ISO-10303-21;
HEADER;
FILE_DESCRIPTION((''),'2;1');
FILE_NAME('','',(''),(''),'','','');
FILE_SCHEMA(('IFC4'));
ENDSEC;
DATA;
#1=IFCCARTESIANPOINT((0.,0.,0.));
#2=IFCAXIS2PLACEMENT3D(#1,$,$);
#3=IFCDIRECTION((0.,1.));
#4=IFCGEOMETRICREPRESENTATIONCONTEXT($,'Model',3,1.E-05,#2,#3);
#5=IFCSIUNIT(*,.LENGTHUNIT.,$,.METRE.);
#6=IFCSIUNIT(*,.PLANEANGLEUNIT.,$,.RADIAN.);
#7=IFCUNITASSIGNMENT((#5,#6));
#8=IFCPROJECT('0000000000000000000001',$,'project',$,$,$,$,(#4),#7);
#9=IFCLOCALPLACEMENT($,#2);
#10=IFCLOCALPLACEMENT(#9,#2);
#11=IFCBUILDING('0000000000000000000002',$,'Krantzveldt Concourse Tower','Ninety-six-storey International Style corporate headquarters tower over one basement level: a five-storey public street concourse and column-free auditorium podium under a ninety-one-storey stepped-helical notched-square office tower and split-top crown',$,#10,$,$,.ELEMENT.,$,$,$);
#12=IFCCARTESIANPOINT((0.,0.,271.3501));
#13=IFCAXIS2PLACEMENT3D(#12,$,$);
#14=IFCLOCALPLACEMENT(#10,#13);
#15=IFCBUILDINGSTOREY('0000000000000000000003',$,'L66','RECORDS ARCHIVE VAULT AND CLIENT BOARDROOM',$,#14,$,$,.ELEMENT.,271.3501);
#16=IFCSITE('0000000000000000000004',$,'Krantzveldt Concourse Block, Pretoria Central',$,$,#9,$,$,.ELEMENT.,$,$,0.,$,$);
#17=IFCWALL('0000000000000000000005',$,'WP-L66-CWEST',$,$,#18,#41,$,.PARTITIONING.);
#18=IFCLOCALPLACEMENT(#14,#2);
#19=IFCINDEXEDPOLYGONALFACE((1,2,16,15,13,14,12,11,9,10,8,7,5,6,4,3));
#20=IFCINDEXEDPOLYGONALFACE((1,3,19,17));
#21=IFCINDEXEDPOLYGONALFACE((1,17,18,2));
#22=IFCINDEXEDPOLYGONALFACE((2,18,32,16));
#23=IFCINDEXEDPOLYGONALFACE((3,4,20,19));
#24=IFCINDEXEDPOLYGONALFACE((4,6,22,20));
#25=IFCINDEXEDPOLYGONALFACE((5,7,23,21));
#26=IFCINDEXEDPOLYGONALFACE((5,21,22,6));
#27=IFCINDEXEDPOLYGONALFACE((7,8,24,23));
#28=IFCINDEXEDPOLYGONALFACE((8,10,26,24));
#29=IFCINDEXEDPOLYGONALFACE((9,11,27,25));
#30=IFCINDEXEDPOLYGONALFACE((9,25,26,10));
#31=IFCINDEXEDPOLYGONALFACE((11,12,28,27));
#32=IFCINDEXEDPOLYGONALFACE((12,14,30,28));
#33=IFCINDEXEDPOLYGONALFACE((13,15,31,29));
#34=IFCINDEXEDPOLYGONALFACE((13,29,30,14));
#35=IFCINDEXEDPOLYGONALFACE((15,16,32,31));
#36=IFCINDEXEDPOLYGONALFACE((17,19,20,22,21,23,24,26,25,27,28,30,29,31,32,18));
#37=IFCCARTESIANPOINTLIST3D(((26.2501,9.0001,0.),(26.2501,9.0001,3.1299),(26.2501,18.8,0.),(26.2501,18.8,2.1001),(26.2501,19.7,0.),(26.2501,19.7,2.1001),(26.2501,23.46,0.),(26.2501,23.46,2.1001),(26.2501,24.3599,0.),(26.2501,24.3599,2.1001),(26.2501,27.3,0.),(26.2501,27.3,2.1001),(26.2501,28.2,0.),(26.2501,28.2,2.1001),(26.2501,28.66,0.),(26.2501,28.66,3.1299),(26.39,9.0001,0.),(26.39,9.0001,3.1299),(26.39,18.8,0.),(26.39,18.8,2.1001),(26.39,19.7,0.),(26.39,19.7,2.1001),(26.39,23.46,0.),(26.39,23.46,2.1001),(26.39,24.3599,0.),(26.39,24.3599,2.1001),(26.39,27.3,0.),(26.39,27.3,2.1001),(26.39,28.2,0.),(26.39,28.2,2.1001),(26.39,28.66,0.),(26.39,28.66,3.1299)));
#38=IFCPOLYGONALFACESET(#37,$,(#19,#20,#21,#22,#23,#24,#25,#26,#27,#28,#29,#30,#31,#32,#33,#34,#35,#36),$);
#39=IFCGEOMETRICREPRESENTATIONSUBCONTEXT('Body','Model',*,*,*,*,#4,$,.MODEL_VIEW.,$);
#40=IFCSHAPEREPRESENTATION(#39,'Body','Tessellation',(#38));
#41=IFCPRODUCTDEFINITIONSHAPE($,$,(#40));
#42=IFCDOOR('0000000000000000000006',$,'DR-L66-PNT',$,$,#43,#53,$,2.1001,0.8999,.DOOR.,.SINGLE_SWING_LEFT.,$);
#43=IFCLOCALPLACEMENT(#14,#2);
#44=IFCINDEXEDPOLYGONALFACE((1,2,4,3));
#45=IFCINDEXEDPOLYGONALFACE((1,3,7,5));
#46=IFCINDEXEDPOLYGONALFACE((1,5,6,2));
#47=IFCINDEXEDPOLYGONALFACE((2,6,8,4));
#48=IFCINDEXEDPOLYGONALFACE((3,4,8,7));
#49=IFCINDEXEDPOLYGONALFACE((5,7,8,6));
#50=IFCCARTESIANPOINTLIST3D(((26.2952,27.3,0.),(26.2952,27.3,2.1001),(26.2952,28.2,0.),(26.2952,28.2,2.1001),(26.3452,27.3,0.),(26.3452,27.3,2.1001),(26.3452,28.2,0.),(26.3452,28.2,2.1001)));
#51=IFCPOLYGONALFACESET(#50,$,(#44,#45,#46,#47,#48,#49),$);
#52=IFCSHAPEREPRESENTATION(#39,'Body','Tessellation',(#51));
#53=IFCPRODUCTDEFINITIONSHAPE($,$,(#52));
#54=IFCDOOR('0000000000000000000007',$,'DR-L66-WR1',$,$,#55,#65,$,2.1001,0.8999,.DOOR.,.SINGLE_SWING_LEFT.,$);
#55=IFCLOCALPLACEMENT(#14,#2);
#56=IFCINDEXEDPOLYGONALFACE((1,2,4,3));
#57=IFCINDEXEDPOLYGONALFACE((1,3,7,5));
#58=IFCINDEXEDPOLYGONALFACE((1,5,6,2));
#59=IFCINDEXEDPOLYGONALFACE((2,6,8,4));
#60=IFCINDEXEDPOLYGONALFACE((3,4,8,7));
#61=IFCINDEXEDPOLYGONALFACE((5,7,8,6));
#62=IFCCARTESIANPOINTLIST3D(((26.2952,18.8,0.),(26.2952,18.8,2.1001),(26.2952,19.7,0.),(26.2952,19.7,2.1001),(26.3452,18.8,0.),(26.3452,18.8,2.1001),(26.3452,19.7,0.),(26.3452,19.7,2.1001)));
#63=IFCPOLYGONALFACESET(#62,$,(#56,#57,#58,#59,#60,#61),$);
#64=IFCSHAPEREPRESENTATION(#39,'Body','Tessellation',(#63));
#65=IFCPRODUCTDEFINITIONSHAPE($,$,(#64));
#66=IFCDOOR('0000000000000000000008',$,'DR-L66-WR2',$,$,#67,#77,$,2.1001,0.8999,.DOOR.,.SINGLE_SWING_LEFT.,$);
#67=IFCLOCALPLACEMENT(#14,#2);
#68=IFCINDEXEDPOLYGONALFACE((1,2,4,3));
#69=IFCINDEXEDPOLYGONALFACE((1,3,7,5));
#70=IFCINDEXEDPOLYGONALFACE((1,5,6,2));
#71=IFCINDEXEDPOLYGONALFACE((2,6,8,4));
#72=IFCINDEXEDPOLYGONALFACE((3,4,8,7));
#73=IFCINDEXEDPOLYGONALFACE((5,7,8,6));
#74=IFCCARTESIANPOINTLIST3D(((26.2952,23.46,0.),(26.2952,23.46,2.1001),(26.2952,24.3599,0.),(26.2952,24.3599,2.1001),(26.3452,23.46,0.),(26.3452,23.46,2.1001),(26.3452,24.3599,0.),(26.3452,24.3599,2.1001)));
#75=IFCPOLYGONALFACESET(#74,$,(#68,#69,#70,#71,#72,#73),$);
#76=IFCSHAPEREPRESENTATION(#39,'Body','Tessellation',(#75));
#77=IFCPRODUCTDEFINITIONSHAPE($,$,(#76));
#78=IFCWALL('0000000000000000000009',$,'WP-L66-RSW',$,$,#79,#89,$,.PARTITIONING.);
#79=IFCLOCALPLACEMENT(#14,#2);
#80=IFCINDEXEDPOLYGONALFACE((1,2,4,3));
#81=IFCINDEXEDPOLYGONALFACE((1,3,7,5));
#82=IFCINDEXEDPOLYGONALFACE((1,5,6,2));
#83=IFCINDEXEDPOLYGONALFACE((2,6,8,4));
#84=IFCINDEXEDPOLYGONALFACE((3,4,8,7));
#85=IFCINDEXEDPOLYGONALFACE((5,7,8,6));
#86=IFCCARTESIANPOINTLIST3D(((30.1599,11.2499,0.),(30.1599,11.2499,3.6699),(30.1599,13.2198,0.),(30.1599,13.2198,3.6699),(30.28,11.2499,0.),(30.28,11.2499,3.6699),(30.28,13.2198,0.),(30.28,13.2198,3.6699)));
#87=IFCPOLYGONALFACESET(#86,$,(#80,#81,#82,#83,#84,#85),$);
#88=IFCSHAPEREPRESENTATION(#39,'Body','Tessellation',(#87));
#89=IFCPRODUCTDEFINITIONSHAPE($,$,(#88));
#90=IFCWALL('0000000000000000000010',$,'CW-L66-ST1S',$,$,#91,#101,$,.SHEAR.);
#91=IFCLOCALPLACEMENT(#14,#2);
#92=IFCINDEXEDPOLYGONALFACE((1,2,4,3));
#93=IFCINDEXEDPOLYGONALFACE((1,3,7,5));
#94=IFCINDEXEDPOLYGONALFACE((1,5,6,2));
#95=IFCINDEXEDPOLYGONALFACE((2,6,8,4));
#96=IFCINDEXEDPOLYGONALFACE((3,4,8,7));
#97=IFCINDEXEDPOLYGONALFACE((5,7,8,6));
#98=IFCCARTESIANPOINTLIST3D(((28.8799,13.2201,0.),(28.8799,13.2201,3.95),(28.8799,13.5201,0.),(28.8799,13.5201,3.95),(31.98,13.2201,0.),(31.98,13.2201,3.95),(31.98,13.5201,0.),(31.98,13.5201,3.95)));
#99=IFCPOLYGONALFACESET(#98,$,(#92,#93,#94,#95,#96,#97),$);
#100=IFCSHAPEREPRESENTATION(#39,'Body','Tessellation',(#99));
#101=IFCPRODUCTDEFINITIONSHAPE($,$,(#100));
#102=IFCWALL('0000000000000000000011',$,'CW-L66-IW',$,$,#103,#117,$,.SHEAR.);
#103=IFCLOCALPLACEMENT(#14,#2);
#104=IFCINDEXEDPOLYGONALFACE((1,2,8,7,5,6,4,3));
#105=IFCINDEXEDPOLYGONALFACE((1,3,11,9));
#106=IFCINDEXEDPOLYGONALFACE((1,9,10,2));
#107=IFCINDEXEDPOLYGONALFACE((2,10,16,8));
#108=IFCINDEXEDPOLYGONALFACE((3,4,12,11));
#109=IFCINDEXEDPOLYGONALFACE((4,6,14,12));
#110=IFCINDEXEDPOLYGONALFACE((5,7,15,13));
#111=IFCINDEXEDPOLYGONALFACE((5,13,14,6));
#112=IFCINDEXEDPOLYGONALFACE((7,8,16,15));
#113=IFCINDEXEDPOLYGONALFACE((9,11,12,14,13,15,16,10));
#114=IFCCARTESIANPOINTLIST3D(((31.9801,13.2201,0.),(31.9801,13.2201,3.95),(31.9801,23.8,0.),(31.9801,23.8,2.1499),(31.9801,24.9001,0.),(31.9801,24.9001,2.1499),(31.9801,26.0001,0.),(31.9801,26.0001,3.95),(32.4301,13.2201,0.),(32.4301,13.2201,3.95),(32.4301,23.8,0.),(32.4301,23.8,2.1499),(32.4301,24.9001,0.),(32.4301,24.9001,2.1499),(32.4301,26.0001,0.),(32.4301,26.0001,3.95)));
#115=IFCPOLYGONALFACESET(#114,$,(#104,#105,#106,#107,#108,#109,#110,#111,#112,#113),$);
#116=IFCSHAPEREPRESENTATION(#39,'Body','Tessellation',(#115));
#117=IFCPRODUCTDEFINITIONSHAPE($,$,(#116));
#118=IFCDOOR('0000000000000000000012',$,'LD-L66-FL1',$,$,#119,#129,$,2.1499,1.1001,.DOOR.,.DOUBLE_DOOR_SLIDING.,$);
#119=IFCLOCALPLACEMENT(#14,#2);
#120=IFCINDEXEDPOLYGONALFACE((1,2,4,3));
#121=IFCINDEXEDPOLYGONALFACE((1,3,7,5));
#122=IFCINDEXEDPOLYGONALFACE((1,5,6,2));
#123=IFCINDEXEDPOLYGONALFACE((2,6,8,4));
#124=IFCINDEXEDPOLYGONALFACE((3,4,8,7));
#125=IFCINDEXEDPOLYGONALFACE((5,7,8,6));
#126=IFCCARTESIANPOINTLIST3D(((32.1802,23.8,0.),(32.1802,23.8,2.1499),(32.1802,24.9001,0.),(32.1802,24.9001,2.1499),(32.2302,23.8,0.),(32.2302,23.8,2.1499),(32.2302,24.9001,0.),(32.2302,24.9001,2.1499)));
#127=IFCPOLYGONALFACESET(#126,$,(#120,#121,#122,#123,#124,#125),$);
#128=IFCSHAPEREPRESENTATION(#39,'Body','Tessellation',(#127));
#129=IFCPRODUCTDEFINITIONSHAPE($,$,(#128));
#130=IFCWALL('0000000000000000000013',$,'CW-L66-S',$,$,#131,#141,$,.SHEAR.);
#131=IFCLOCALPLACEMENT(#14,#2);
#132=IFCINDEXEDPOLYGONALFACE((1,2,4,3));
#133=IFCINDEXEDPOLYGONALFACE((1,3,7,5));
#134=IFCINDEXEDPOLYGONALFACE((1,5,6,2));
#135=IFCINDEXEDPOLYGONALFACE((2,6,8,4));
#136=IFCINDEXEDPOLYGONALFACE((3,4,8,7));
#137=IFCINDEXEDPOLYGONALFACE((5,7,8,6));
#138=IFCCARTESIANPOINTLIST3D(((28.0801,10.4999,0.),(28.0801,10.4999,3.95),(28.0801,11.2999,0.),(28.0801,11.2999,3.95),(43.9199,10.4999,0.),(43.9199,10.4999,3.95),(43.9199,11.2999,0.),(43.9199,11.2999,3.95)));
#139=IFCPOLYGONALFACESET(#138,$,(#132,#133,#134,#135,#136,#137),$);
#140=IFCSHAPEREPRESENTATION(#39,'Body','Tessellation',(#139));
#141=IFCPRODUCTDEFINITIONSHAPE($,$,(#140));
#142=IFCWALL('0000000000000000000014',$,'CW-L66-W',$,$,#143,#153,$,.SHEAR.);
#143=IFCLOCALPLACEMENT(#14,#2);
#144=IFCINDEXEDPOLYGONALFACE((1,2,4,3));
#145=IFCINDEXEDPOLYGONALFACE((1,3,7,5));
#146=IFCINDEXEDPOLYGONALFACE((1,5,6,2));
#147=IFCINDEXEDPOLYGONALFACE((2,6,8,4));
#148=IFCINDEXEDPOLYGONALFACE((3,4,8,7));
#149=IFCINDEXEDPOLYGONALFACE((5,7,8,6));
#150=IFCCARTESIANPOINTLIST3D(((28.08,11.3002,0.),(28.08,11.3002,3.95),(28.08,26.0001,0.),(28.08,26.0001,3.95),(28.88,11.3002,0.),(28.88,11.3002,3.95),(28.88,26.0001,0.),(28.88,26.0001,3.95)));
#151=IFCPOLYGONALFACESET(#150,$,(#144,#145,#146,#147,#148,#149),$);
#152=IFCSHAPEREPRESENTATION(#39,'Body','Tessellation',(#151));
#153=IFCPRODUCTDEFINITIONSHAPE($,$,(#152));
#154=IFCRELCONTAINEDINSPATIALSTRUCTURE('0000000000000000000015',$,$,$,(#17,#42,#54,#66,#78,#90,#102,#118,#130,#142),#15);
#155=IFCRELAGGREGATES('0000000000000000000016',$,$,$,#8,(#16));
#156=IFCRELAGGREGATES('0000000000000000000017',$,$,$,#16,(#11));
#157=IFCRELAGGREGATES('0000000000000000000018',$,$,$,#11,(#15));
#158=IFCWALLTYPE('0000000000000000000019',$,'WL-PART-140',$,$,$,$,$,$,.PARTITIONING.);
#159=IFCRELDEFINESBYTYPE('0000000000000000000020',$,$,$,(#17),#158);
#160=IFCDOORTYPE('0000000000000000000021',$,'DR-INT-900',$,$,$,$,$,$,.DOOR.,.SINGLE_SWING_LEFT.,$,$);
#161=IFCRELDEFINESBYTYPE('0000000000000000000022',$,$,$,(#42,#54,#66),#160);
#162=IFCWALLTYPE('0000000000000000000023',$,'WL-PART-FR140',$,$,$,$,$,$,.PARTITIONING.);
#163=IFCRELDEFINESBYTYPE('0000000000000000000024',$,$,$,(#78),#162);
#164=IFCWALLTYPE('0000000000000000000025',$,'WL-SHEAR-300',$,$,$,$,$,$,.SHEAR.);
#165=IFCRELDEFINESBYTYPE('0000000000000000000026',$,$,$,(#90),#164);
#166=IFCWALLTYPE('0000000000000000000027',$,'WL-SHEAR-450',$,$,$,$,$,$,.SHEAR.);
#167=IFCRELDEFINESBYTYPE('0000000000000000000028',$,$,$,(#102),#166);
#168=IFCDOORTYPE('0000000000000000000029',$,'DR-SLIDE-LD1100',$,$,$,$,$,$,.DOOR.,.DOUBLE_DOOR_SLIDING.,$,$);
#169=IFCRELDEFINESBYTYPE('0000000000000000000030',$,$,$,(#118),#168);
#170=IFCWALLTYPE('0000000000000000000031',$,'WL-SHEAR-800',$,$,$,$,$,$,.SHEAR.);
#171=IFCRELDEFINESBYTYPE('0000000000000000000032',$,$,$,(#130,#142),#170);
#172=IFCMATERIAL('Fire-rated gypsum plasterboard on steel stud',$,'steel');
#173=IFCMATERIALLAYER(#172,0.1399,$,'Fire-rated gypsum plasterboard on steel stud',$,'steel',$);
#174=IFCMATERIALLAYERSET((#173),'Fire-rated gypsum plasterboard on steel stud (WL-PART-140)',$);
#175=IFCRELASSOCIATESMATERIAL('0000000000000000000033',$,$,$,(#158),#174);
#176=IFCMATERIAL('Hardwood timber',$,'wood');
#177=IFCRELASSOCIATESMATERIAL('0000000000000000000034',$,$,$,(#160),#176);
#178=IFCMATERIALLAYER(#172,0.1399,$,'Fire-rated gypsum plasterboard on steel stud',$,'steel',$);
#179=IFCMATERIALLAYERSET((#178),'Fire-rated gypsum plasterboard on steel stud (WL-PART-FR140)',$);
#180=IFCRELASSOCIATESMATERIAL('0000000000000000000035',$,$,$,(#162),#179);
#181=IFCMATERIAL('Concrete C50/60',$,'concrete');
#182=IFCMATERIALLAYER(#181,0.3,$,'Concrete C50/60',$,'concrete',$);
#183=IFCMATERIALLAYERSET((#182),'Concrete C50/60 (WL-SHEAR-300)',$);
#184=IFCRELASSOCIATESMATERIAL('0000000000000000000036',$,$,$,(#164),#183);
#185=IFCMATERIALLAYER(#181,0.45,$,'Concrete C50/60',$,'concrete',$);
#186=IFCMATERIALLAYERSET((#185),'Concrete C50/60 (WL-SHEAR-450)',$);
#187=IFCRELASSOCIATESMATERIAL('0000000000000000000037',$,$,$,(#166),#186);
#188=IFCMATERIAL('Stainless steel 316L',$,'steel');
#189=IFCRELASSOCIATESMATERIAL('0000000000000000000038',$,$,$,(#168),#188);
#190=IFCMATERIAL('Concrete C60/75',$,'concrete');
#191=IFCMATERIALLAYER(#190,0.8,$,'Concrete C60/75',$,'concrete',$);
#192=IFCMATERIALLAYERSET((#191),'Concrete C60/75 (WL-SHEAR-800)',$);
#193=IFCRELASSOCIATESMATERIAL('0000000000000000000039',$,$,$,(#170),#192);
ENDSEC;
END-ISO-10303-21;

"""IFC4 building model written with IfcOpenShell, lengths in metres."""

from ifc_helpers import new_model, si_unit, direction, frame, frame_2d, origin, place, context, subcontext, project, spatial, rectangle, extrude, material, layer, layer_set, type_object, element, fill, save


model = new_model("IFC4")

# Units and contexts
model_context = context("Model", 3, precision=1e-05, world=origin(), true_north=direction((0.0, 1.0)))
body_context = subcontext(model_context, "Body", "Model", "MODEL_VIEW")
ifc_project = project(units=[si_unit("LENGTHUNIT", "METRE"), si_unit("PLANEANGLEUNIT", "RADIAN")], contexts=[model_context])

# Site, building, storey
site_placement = place(None, origin())
site = spatial("IfcSite", under=ifc_project, at=site_placement, Name="Krantzveldt Concourse Block, Pretoria Central", CompositionType="ELEMENT", RefElevation=0.0)
building_placement = place(site_placement, origin())
building = spatial("IfcBuilding", under=site, at=building_placement, Name="Krantzveldt Concourse Tower", Description="Ninety-six-storey International Style corporate headquarters tower over one basement level: a five-storey public street concourse and column-free auditorium podium under a ninety-one-storey stepped-helical notched-square office tower and split-top crown", CompositionType="ELEMENT")
storey_placement = place(building_placement, frame((0.0, 0.0, 271.3501)))
storey = spatial("IfcBuildingStorey", under=building, at=storey_placement, Name="L66", Description="RECORDS ARCHIVE VAULT AND CLIENT BOARDROOM", CompositionType="ELEMENT", Elevation=271.3501)

# Shared definitions
ifc_material_1 = material(Name="Fire-rated gypsum plasterboard on steel stud", Category="steel")
ifc_material_2 = material(Name="Hardwood timber", Category="wood")

# Wall, openings, doors
ifc_layer_1 = layer(ifc_material_1, 0.1399, Name="Fire-rated gypsum plasterboard on steel stud", Category="steel")
ifc_layer_set_1 = layer_set([ifc_layer_1], Name="Fire-rated gypsum plasterboard on steel stud (WL-PART-140)")
wall_type_1 = type_object("IfcWallType", Name="WL-PART-140", PredefinedType="PARTITIONING", material=ifc_layer_set_1)
wall_1_placement = place(storey_placement, frame((26.3201, 9.0, 0.0), z_axis=(0.0, 0.0, 1.0), x_axis=(0.0, 1.0, 0.0)))
wall_1 = element("IfcWall", 1, at=wall_1_placement, inside=storey, type_object=wall_type_1, Name="WP-L66-CWEST", PredefinedType="PARTITIONING", context=body_context, shape_type="SweptSolid", body=[
    extrude(rectangle(XDim=19.6599, YDim=0.1399, at=frame_2d((9.8301, 0.0))), origin(), (0.0, 0.0, 1.0), 3.1299),
])
opening_1_placement = place(wall_1_placement, frame((18.3, 0.0, 0.0)))
opening_1 = element("IfcOpeningElement", 2, at=opening_1_placement, cuts=wall_1, PredefinedType="OPENING", context=body_context, shape_type="SweptSolid", body=[
    extrude(rectangle(XDim=0.8999, YDim=2.1001, at=frame_2d((0.45, 1.05))), frame((0.0, 0.0801, 0.0), z_axis=(0.0, -1.0, 0.0), x_axis=(1.0, 0.0, 0.0)), (0.0, 0.0, 1.0), 0.1599),
])
opening_2_placement = place(wall_1_placement, frame((9.8, 0.0, 0.0)))
opening_2 = element("IfcOpeningElement", 3, at=opening_2_placement, cuts=wall_1, PredefinedType="OPENING", context=body_context, shape_type="SweptSolid", body=[
    extrude(rectangle(XDim=0.8999, YDim=2.1001, at=frame_2d((0.45, 1.05))), frame((0.0, 0.0801, 0.0), z_axis=(0.0, -1.0, 0.0), x_axis=(1.0, 0.0, 0.0)), (0.0, 0.0, 1.0), 0.1599),
])
opening_3_placement = place(wall_1_placement, frame((14.46, 0.0, 0.0)))
opening_3 = element("IfcOpeningElement", 4, at=opening_3_placement, cuts=wall_1, PredefinedType="OPENING", context=body_context, shape_type="SweptSolid", body=[
    extrude(rectangle(XDim=0.8999, YDim=2.1001, at=frame_2d((0.45, 1.05))), frame((0.0, 0.0801, 0.0), z_axis=(0.0, -1.0, 0.0), x_axis=(1.0, 0.0, 0.0)), (0.0, 0.0, 1.0), 0.1599),
])
door_type_1 = type_object("IfcDoorType", Name="DR-INT-900", OperationType="SINGLE_SWING_LEFT", PredefinedType="DOOR", material=ifc_material_2)
door_1_placement = place(opening_1_placement, origin())
door_1 = element("IfcDoor", 5, at=door_1_placement, inside=storey, type_object=door_type_1, Name="DR-L66-PNT", OperationType="SINGLE_SWING_LEFT", OverallHeight=2.1001, OverallWidth=0.8999, PredefinedType="DOOR", context=body_context, shape_type="SweptSolid", body=[
    extrude(rectangle(XDim=0.8999, YDim=2.1001, at=frame_2d((0.45, 1.05))), frame((0.0, 0.0249, 0.0), z_axis=(0.0, -1.0, 0.0), x_axis=(1.0, 0.0, 0.0)), (0.0, 0.0, 1.0), 0.05),
])
fill(opening_1, door_1)
door_2_placement = place(opening_2_placement, origin())
door_2 = element("IfcDoor", 6, at=door_2_placement, inside=storey, type_object=door_type_1, Name="DR-L66-WR1", OperationType="SINGLE_SWING_LEFT", OverallHeight=2.1001, OverallWidth=0.8999, PredefinedType="DOOR", context=body_context, shape_type="SweptSolid", body=[
    extrude(rectangle(XDim=0.8999, YDim=2.1001, at=frame_2d((0.45, 1.05))), frame((0.0, 0.0249, 0.0), z_axis=(0.0, -1.0, 0.0), x_axis=(1.0, 0.0, 0.0)), (0.0, 0.0, 1.0), 0.05),
])
fill(opening_2, door_2)
door_3_placement = place(opening_3_placement, origin())
door_3 = element("IfcDoor", 7, at=door_3_placement, inside=storey, type_object=door_type_1, Name="DR-L66-WR2", OperationType="SINGLE_SWING_LEFT", OverallHeight=2.1001, OverallWidth=0.8999, PredefinedType="DOOR", context=body_context, shape_type="SweptSolid", body=[
    extrude(rectangle(XDim=0.8999, YDim=2.1001, at=frame_2d((0.45, 1.05))), frame((0.0, 0.0249, 0.0), z_axis=(0.0, -1.0, 0.0), x_axis=(1.0, 0.0, 0.0)), (0.0, 0.0, 1.0), 0.05),
])
fill(opening_3, door_3)

# Walls
ifc_layer_2 = layer(ifc_material_1, 0.1399, Name="Fire-rated gypsum plasterboard on steel stud", Category="steel")
ifc_layer_set_2 = layer_set([ifc_layer_2], Name="Fire-rated gypsum plasterboard on steel stud (WL-PART-FR140)")
wall_type_2 = type_object("IfcWallType", Name="WL-PART-FR140", PredefinedType="PARTITIONING", material=ifc_layer_set_2)
wall_2_placement = place(storey_placement, frame((30.22, 11.25, 0.0), z_axis=(0.0, 0.0, 1.0), x_axis=(0.0, 1.0, 0.0)))
element("IfcWall", 8, at=wall_2_placement, inside=storey, type_object=wall_type_2, Name="WP-L66-RSW", PredefinedType="PARTITIONING", context=body_context, shape_type="SweptSolid", body=[
    extrude(rectangle(XDim=1.97, YDim=0.1201, at=frame_2d((0.9849, 0.0))), origin(), (0.0, 0.0, 1.0), 3.6699),
])
ifc_material_3 = material(Name="Concrete C50/60", Category="concrete")
ifc_layer_3 = layer(ifc_material_3, 0.3, Name="Concrete C50/60", Category="concrete")
ifc_layer_set_3 = layer_set([ifc_layer_3], Name="Concrete C50/60 (WL-SHEAR-300)")
wall_type_3 = type_object("IfcWallType", Name="WL-SHEAR-300", PredefinedType="SHEAR", material=ifc_layer_set_3)
wall_3_placement = place(storey_placement, frame((28.8799, 13.3701, 0.0), z_axis=(0.0, 0.0, 1.0), x_axis=(1.0, 0.0, 0.0)))
element("IfcWall", 9, at=wall_3_placement, inside=storey, type_object=wall_type_3, Name="CW-L66-ST1S", PredefinedType="SHEAR", context=body_context, shape_type="SweptSolid", body=[
    extrude(rectangle(XDim=3.1001, YDim=0.3, at=frame_2d((1.55, 0.0))), origin(), (0.0, 0.0, 1.0), 3.95),
])

# Wall, opening, door
ifc_layer_4 = layer(ifc_material_3, 0.45, Name="Concrete C50/60", Category="concrete")
ifc_layer_set_4 = layer_set([ifc_layer_4], Name="Concrete C50/60 (WL-SHEAR-450)")
wall_type_4 = type_object("IfcWallType", Name="WL-SHEAR-450", PredefinedType="SHEAR", material=ifc_layer_set_4)
wall_4_placement = place(storey_placement, frame((32.2051, 13.22, 0.0), z_axis=(0.0, 0.0, 1.0), x_axis=(0.0, 1.0, 0.0)))
wall_4 = element("IfcWall", 10, at=wall_4_placement, inside=storey, type_object=wall_type_4, Name="CW-L66-IW", PredefinedType="SHEAR", context=body_context, shape_type="SweptSolid", body=[
    extrude(rectangle(XDim=12.78, YDim=0.45, at=frame_2d((6.3901, 0.0))), origin(), (0.0, 0.0, 1.0), 3.95),
])
opening_4_placement = place(wall_4_placement, frame((10.5801, 0.0, 0.0)))
opening_4 = element("IfcOpeningElement", 11, at=opening_4_placement, cuts=wall_4, PredefinedType="OPENING", context=body_context, shape_type="SweptSolid", body=[
    extrude(rectangle(XDim=1.1001, YDim=2.1499, at=frame_2d((0.55, 1.075))), frame((0.0, 0.2349, 0.0), z_axis=(0.0, -1.0, 0.0), x_axis=(1.0, 0.0, 0.0)), (0.0, 0.0, 1.0), 0.47),
])
ifc_material_4 = material(Name="Stainless steel 316L", Category="steel")
door_type_2 = type_object("IfcDoorType", Name="DR-SLIDE-LD1100", OperationType="DOUBLE_DOOR_SLIDING", PredefinedType="DOOR", material=ifc_material_4)
door_4_placement = place(opening_4_placement, origin())
door_4 = element("IfcDoor", 12, at=door_4_placement, inside=storey, type_object=door_type_2, Name="LD-L66-FL1", OperationType="DOUBLE_DOOR_SLIDING", OverallHeight=2.1499, OverallWidth=1.1001, PredefinedType="DOOR", context=body_context, shape_type="SweptSolid", body=[
    extrude(rectangle(XDim=1.1001, YDim=2.1499, at=frame_2d((0.55, 1.075))), frame((0.0, 0.0249, 0.0), z_axis=(0.0, -1.0, 0.0), x_axis=(1.0, 0.0, 0.0)), (0.0, 0.0, 1.0), 0.05),
])
fill(opening_4, door_4)

# Walls
ifc_material_5 = material(Name="Concrete C60/75", Category="concrete")
ifc_layer_5 = layer(ifc_material_5, 0.8, Name="Concrete C60/75", Category="concrete")
ifc_layer_set_5 = layer_set([ifc_layer_5], Name="Concrete C60/75 (WL-SHEAR-800)")
wall_type_5 = type_object("IfcWallType", Name="WL-SHEAR-800", PredefinedType="SHEAR", material=ifc_layer_set_5)
wall_5_placement = place(storey_placement, frame((28.0801, 10.8999, 0.0), z_axis=(0.0, 0.0, 1.0), x_axis=(1.0, 0.0, 0.0)))
element("IfcWall", 13, at=wall_5_placement, inside=storey, type_object=wall_type_5, Name="CW-L66-S", PredefinedType="SHEAR", context=body_context, shape_type="SweptSolid", body=[
    extrude(rectangle(XDim=15.8398, YDim=0.8, at=frame_2d((7.9199, 0.0))), origin(), (0.0, 0.0, 1.0), 3.95),
])
wall_6_placement = place(storey_placement, frame((28.48, 11.3, 0.0), z_axis=(0.0, 0.0, 1.0), x_axis=(0.0, 1.0, 0.0)))
element("IfcWall", 14, at=wall_6_placement, inside=storey, type_object=wall_type_5, Name="CW-L66-W", PredefinedType="SHEAR", context=body_context, shape_type="SweptSolid", body=[
    extrude(rectangle(XDim=14.7, YDim=0.8, at=frame_2d((7.3501, 0.0))), origin(), (0.0, 0.0, 1.0), 3.95),
])

save(model, "model.ifc")
